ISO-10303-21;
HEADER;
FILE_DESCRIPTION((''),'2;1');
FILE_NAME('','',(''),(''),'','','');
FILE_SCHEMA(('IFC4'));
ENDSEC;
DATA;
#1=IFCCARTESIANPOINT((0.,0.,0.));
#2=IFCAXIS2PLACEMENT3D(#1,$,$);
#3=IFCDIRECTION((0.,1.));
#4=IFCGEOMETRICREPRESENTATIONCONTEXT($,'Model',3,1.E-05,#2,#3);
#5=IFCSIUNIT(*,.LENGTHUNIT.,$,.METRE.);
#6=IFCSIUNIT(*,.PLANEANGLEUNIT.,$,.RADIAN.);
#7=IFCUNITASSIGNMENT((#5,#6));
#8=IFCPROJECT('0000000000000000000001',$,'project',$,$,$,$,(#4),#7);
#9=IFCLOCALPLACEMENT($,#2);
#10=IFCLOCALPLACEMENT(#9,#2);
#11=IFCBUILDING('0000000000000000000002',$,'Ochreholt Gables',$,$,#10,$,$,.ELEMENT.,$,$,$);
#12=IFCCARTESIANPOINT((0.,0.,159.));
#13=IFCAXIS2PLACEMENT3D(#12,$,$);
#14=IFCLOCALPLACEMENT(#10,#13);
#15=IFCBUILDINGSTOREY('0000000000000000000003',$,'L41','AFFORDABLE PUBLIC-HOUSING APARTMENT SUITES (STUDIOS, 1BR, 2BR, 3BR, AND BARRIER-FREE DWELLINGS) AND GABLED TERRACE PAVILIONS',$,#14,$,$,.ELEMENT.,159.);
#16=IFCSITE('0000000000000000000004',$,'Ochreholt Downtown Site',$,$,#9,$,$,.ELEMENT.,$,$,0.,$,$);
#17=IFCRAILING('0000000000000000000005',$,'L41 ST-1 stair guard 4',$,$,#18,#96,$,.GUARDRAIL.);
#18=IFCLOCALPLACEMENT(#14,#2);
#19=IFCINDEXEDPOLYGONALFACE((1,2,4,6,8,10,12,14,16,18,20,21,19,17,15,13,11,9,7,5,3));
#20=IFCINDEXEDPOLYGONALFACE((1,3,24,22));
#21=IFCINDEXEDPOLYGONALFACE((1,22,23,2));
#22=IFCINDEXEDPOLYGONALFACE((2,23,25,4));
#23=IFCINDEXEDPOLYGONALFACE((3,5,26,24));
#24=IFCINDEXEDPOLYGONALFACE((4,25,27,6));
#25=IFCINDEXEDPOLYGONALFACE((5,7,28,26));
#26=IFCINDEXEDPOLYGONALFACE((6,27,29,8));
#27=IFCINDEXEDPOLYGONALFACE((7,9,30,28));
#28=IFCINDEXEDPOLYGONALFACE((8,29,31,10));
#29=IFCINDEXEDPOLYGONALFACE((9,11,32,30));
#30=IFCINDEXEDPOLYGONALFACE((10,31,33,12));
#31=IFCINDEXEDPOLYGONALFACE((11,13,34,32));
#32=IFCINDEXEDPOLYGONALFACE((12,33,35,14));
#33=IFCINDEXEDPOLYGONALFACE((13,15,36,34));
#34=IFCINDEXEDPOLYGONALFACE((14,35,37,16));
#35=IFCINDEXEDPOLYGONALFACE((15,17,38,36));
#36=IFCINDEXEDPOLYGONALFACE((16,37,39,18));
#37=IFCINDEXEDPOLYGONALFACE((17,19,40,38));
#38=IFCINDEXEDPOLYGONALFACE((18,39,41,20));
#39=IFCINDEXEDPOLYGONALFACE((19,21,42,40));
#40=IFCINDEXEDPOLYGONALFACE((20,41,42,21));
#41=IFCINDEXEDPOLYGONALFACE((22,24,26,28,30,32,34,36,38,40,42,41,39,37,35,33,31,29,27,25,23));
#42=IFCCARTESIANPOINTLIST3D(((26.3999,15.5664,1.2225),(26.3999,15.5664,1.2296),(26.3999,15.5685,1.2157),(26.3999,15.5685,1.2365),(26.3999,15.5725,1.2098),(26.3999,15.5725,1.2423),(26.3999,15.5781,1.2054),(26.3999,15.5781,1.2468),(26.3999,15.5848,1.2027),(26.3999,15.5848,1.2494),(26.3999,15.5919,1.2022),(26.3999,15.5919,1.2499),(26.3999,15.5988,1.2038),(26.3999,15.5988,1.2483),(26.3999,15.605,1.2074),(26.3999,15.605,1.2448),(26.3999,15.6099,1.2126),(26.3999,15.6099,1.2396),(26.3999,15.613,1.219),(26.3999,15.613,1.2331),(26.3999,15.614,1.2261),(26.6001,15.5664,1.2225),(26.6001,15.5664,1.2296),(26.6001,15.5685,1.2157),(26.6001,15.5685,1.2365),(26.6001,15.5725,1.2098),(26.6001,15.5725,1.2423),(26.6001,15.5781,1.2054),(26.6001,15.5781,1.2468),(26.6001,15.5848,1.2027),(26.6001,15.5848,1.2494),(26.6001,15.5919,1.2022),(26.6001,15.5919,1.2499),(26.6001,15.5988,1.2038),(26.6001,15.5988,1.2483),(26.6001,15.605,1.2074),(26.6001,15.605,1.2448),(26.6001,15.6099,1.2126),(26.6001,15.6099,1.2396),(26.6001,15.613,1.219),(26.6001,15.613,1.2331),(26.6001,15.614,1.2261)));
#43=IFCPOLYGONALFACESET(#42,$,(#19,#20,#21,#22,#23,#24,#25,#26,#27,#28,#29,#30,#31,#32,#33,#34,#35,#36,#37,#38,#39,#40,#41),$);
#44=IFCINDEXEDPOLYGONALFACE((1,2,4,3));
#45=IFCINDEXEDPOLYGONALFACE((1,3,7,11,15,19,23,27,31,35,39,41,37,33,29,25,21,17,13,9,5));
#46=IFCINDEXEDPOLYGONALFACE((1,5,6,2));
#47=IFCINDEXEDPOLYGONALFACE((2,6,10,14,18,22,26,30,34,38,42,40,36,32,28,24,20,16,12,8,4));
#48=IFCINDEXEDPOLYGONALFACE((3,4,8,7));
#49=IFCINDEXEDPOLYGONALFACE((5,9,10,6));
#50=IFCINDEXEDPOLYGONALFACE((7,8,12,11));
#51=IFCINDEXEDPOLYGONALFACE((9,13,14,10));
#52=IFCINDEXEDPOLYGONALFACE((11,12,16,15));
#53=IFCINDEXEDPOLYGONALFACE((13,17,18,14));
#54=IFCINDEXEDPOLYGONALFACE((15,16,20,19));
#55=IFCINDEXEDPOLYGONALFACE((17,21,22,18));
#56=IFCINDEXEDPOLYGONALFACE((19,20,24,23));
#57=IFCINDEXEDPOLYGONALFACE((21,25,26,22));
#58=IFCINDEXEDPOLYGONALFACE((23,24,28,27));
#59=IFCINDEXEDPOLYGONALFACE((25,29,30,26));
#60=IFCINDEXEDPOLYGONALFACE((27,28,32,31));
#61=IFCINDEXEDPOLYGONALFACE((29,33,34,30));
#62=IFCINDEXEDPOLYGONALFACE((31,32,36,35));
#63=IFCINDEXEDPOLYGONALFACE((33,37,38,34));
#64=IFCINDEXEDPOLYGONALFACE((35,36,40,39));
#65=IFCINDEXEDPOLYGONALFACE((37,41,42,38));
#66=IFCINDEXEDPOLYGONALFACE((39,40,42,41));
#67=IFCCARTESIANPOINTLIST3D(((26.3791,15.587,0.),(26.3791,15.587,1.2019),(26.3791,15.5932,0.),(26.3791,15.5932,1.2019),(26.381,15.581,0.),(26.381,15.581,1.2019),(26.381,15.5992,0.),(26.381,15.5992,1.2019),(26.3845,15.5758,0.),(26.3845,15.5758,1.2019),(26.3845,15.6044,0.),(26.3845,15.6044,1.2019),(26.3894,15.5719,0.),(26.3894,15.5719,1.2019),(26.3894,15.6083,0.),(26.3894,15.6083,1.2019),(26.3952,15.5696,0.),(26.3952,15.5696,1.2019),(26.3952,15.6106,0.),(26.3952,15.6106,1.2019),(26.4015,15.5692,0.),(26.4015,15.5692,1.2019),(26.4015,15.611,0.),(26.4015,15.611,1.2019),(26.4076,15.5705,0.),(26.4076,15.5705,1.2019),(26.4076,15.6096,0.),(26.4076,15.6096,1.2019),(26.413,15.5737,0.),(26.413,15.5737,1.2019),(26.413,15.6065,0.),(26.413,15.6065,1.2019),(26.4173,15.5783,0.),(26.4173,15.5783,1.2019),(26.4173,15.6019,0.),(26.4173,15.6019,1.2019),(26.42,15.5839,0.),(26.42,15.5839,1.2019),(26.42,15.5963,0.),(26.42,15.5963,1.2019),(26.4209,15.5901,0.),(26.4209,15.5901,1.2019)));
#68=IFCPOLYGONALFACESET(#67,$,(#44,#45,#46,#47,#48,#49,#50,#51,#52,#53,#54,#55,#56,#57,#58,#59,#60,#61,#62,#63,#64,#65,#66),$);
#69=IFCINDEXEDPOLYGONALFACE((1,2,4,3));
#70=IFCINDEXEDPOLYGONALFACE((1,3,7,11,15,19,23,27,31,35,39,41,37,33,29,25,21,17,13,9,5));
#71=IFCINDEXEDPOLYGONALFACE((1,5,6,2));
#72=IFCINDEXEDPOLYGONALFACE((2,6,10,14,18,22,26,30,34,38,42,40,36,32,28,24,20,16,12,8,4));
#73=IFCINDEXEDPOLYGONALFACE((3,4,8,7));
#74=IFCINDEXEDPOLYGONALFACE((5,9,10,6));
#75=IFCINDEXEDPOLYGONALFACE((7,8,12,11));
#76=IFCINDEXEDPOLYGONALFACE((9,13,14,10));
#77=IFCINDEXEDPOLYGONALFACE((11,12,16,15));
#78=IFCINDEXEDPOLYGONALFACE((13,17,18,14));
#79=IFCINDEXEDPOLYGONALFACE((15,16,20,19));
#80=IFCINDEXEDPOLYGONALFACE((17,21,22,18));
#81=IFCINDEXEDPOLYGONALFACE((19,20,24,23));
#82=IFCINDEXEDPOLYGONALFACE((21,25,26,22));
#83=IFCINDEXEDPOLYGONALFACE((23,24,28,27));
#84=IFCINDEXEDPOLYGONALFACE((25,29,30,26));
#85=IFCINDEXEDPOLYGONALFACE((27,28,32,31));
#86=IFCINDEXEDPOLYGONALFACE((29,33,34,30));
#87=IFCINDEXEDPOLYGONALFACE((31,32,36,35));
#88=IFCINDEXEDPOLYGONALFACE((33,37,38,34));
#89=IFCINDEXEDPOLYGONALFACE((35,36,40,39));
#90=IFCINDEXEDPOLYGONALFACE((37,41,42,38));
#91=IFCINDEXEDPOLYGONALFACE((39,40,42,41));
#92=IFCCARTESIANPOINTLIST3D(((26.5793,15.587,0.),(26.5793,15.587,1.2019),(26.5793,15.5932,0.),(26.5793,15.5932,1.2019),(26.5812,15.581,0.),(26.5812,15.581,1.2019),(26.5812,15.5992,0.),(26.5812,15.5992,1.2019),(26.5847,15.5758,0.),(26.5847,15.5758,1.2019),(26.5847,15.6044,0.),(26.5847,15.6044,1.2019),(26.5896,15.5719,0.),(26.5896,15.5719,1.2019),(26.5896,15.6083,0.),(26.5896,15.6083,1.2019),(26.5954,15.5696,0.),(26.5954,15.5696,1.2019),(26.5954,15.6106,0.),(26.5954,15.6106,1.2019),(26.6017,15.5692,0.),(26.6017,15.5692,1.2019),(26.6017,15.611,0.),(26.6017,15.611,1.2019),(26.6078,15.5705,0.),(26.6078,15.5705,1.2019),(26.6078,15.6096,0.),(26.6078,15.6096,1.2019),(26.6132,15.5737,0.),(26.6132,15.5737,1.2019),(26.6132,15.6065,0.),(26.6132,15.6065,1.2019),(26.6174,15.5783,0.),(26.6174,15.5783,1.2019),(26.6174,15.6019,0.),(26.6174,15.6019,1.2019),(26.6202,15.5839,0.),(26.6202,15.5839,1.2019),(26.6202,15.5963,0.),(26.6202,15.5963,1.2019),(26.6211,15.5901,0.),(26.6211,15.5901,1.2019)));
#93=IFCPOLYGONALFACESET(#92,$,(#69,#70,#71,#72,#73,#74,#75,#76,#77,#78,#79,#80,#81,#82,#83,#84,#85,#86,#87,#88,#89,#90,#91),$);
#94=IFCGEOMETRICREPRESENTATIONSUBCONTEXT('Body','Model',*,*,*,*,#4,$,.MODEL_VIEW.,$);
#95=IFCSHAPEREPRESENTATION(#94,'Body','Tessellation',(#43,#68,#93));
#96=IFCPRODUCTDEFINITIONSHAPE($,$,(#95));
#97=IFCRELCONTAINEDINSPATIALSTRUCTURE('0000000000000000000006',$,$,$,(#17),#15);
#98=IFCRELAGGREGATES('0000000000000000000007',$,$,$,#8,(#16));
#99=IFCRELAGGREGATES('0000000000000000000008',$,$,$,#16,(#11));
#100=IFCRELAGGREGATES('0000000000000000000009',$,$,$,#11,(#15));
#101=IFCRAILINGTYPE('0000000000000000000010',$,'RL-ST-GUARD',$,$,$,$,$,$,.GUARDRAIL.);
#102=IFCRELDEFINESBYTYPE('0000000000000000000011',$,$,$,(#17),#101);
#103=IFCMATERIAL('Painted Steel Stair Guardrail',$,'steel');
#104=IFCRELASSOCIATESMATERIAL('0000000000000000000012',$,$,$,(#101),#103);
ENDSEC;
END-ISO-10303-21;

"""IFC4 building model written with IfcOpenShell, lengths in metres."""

from ifc_helpers import new_model, si_unit, direction, frame, origin, origin_2d, place, context, subcontext, project, spatial, circle, extrude, material, type_object, element, save


model = new_model("IFC4")

# Units and contexts
model_context = context("Model", 3, precision=1e-05, world=origin(), true_north=direction((0.0, 1.0)))
body_context = subcontext(model_context, "Body", "Model", "MODEL_VIEW")
ifc_project = project(units=[si_unit("LENGTHUNIT", "METRE"), si_unit("PLANEANGLEUNIT", "RADIAN")], contexts=[model_context])

# Site, building, storey
site_placement = place(None, origin())
site = spatial("IfcSite", under=ifc_project, at=site_placement, Name="Ochreholt Downtown Site", CompositionType="ELEMENT", RefElevation=0.0)
building_placement = place(site_placement, origin())
building = spatial("IfcBuilding", under=site, at=building_placement, Name="Ochreholt Gables", CompositionType="ELEMENT")
storey_placement = place(building_placement, frame((0.0, 0.0, 159.0)))
storey = spatial("IfcBuildingStorey", under=building, at=storey_placement, Name="L41", Description="AFFORDABLE PUBLIC-HOUSING APARTMENT SUITES (STUDIOS, 1BR, 2BR, 3BR, AND BARRIER-FREE DWELLINGS) AND GABLED TERRACE PAVILIONS", CompositionType="ELEMENT", Elevation=159.0)

# Railing
ifc_material_1 = material(Name="Painted Steel Stair Guardrail", Category="steel")
railing_type_1 = type_object("IfcRailingType", Name="RL-ST-GUARD", PredefinedType="GUARDRAIL", material=ifc_material_1)
railing_1_placement = place(storey_placement, frame((26.3999, 15.5901, 0.0)))
element("IfcRailing", 1, at=railing_1_placement, inside=storey, type_object=railing_type_1, Name="L41 ST-1 stair guard 4", PredefinedType="GUARDRAIL", context=body_context, shape_type="SweptSolid", body=[
    extrude(circle(Radius=0.0239, at=origin_2d()), frame((0.0, 0.0, 1.2261), z_axis=(1.0, 0.0, 0.0), x_axis=(0.0, 1.0, 0.0)), (0.0, 0.0, 1.0), 0.2002),
    extrude(circle(Radius=0.021, at=origin_2d()), origin(), (0.0, 0.0, 1.0), 1.2019),
    extrude(circle(Radius=0.021, at=origin_2d()), frame((0.2002, 0.0, 0.0)), (0.0, 0.0, 1.0), 1.2019),
])

save(model, "model.ifc")
